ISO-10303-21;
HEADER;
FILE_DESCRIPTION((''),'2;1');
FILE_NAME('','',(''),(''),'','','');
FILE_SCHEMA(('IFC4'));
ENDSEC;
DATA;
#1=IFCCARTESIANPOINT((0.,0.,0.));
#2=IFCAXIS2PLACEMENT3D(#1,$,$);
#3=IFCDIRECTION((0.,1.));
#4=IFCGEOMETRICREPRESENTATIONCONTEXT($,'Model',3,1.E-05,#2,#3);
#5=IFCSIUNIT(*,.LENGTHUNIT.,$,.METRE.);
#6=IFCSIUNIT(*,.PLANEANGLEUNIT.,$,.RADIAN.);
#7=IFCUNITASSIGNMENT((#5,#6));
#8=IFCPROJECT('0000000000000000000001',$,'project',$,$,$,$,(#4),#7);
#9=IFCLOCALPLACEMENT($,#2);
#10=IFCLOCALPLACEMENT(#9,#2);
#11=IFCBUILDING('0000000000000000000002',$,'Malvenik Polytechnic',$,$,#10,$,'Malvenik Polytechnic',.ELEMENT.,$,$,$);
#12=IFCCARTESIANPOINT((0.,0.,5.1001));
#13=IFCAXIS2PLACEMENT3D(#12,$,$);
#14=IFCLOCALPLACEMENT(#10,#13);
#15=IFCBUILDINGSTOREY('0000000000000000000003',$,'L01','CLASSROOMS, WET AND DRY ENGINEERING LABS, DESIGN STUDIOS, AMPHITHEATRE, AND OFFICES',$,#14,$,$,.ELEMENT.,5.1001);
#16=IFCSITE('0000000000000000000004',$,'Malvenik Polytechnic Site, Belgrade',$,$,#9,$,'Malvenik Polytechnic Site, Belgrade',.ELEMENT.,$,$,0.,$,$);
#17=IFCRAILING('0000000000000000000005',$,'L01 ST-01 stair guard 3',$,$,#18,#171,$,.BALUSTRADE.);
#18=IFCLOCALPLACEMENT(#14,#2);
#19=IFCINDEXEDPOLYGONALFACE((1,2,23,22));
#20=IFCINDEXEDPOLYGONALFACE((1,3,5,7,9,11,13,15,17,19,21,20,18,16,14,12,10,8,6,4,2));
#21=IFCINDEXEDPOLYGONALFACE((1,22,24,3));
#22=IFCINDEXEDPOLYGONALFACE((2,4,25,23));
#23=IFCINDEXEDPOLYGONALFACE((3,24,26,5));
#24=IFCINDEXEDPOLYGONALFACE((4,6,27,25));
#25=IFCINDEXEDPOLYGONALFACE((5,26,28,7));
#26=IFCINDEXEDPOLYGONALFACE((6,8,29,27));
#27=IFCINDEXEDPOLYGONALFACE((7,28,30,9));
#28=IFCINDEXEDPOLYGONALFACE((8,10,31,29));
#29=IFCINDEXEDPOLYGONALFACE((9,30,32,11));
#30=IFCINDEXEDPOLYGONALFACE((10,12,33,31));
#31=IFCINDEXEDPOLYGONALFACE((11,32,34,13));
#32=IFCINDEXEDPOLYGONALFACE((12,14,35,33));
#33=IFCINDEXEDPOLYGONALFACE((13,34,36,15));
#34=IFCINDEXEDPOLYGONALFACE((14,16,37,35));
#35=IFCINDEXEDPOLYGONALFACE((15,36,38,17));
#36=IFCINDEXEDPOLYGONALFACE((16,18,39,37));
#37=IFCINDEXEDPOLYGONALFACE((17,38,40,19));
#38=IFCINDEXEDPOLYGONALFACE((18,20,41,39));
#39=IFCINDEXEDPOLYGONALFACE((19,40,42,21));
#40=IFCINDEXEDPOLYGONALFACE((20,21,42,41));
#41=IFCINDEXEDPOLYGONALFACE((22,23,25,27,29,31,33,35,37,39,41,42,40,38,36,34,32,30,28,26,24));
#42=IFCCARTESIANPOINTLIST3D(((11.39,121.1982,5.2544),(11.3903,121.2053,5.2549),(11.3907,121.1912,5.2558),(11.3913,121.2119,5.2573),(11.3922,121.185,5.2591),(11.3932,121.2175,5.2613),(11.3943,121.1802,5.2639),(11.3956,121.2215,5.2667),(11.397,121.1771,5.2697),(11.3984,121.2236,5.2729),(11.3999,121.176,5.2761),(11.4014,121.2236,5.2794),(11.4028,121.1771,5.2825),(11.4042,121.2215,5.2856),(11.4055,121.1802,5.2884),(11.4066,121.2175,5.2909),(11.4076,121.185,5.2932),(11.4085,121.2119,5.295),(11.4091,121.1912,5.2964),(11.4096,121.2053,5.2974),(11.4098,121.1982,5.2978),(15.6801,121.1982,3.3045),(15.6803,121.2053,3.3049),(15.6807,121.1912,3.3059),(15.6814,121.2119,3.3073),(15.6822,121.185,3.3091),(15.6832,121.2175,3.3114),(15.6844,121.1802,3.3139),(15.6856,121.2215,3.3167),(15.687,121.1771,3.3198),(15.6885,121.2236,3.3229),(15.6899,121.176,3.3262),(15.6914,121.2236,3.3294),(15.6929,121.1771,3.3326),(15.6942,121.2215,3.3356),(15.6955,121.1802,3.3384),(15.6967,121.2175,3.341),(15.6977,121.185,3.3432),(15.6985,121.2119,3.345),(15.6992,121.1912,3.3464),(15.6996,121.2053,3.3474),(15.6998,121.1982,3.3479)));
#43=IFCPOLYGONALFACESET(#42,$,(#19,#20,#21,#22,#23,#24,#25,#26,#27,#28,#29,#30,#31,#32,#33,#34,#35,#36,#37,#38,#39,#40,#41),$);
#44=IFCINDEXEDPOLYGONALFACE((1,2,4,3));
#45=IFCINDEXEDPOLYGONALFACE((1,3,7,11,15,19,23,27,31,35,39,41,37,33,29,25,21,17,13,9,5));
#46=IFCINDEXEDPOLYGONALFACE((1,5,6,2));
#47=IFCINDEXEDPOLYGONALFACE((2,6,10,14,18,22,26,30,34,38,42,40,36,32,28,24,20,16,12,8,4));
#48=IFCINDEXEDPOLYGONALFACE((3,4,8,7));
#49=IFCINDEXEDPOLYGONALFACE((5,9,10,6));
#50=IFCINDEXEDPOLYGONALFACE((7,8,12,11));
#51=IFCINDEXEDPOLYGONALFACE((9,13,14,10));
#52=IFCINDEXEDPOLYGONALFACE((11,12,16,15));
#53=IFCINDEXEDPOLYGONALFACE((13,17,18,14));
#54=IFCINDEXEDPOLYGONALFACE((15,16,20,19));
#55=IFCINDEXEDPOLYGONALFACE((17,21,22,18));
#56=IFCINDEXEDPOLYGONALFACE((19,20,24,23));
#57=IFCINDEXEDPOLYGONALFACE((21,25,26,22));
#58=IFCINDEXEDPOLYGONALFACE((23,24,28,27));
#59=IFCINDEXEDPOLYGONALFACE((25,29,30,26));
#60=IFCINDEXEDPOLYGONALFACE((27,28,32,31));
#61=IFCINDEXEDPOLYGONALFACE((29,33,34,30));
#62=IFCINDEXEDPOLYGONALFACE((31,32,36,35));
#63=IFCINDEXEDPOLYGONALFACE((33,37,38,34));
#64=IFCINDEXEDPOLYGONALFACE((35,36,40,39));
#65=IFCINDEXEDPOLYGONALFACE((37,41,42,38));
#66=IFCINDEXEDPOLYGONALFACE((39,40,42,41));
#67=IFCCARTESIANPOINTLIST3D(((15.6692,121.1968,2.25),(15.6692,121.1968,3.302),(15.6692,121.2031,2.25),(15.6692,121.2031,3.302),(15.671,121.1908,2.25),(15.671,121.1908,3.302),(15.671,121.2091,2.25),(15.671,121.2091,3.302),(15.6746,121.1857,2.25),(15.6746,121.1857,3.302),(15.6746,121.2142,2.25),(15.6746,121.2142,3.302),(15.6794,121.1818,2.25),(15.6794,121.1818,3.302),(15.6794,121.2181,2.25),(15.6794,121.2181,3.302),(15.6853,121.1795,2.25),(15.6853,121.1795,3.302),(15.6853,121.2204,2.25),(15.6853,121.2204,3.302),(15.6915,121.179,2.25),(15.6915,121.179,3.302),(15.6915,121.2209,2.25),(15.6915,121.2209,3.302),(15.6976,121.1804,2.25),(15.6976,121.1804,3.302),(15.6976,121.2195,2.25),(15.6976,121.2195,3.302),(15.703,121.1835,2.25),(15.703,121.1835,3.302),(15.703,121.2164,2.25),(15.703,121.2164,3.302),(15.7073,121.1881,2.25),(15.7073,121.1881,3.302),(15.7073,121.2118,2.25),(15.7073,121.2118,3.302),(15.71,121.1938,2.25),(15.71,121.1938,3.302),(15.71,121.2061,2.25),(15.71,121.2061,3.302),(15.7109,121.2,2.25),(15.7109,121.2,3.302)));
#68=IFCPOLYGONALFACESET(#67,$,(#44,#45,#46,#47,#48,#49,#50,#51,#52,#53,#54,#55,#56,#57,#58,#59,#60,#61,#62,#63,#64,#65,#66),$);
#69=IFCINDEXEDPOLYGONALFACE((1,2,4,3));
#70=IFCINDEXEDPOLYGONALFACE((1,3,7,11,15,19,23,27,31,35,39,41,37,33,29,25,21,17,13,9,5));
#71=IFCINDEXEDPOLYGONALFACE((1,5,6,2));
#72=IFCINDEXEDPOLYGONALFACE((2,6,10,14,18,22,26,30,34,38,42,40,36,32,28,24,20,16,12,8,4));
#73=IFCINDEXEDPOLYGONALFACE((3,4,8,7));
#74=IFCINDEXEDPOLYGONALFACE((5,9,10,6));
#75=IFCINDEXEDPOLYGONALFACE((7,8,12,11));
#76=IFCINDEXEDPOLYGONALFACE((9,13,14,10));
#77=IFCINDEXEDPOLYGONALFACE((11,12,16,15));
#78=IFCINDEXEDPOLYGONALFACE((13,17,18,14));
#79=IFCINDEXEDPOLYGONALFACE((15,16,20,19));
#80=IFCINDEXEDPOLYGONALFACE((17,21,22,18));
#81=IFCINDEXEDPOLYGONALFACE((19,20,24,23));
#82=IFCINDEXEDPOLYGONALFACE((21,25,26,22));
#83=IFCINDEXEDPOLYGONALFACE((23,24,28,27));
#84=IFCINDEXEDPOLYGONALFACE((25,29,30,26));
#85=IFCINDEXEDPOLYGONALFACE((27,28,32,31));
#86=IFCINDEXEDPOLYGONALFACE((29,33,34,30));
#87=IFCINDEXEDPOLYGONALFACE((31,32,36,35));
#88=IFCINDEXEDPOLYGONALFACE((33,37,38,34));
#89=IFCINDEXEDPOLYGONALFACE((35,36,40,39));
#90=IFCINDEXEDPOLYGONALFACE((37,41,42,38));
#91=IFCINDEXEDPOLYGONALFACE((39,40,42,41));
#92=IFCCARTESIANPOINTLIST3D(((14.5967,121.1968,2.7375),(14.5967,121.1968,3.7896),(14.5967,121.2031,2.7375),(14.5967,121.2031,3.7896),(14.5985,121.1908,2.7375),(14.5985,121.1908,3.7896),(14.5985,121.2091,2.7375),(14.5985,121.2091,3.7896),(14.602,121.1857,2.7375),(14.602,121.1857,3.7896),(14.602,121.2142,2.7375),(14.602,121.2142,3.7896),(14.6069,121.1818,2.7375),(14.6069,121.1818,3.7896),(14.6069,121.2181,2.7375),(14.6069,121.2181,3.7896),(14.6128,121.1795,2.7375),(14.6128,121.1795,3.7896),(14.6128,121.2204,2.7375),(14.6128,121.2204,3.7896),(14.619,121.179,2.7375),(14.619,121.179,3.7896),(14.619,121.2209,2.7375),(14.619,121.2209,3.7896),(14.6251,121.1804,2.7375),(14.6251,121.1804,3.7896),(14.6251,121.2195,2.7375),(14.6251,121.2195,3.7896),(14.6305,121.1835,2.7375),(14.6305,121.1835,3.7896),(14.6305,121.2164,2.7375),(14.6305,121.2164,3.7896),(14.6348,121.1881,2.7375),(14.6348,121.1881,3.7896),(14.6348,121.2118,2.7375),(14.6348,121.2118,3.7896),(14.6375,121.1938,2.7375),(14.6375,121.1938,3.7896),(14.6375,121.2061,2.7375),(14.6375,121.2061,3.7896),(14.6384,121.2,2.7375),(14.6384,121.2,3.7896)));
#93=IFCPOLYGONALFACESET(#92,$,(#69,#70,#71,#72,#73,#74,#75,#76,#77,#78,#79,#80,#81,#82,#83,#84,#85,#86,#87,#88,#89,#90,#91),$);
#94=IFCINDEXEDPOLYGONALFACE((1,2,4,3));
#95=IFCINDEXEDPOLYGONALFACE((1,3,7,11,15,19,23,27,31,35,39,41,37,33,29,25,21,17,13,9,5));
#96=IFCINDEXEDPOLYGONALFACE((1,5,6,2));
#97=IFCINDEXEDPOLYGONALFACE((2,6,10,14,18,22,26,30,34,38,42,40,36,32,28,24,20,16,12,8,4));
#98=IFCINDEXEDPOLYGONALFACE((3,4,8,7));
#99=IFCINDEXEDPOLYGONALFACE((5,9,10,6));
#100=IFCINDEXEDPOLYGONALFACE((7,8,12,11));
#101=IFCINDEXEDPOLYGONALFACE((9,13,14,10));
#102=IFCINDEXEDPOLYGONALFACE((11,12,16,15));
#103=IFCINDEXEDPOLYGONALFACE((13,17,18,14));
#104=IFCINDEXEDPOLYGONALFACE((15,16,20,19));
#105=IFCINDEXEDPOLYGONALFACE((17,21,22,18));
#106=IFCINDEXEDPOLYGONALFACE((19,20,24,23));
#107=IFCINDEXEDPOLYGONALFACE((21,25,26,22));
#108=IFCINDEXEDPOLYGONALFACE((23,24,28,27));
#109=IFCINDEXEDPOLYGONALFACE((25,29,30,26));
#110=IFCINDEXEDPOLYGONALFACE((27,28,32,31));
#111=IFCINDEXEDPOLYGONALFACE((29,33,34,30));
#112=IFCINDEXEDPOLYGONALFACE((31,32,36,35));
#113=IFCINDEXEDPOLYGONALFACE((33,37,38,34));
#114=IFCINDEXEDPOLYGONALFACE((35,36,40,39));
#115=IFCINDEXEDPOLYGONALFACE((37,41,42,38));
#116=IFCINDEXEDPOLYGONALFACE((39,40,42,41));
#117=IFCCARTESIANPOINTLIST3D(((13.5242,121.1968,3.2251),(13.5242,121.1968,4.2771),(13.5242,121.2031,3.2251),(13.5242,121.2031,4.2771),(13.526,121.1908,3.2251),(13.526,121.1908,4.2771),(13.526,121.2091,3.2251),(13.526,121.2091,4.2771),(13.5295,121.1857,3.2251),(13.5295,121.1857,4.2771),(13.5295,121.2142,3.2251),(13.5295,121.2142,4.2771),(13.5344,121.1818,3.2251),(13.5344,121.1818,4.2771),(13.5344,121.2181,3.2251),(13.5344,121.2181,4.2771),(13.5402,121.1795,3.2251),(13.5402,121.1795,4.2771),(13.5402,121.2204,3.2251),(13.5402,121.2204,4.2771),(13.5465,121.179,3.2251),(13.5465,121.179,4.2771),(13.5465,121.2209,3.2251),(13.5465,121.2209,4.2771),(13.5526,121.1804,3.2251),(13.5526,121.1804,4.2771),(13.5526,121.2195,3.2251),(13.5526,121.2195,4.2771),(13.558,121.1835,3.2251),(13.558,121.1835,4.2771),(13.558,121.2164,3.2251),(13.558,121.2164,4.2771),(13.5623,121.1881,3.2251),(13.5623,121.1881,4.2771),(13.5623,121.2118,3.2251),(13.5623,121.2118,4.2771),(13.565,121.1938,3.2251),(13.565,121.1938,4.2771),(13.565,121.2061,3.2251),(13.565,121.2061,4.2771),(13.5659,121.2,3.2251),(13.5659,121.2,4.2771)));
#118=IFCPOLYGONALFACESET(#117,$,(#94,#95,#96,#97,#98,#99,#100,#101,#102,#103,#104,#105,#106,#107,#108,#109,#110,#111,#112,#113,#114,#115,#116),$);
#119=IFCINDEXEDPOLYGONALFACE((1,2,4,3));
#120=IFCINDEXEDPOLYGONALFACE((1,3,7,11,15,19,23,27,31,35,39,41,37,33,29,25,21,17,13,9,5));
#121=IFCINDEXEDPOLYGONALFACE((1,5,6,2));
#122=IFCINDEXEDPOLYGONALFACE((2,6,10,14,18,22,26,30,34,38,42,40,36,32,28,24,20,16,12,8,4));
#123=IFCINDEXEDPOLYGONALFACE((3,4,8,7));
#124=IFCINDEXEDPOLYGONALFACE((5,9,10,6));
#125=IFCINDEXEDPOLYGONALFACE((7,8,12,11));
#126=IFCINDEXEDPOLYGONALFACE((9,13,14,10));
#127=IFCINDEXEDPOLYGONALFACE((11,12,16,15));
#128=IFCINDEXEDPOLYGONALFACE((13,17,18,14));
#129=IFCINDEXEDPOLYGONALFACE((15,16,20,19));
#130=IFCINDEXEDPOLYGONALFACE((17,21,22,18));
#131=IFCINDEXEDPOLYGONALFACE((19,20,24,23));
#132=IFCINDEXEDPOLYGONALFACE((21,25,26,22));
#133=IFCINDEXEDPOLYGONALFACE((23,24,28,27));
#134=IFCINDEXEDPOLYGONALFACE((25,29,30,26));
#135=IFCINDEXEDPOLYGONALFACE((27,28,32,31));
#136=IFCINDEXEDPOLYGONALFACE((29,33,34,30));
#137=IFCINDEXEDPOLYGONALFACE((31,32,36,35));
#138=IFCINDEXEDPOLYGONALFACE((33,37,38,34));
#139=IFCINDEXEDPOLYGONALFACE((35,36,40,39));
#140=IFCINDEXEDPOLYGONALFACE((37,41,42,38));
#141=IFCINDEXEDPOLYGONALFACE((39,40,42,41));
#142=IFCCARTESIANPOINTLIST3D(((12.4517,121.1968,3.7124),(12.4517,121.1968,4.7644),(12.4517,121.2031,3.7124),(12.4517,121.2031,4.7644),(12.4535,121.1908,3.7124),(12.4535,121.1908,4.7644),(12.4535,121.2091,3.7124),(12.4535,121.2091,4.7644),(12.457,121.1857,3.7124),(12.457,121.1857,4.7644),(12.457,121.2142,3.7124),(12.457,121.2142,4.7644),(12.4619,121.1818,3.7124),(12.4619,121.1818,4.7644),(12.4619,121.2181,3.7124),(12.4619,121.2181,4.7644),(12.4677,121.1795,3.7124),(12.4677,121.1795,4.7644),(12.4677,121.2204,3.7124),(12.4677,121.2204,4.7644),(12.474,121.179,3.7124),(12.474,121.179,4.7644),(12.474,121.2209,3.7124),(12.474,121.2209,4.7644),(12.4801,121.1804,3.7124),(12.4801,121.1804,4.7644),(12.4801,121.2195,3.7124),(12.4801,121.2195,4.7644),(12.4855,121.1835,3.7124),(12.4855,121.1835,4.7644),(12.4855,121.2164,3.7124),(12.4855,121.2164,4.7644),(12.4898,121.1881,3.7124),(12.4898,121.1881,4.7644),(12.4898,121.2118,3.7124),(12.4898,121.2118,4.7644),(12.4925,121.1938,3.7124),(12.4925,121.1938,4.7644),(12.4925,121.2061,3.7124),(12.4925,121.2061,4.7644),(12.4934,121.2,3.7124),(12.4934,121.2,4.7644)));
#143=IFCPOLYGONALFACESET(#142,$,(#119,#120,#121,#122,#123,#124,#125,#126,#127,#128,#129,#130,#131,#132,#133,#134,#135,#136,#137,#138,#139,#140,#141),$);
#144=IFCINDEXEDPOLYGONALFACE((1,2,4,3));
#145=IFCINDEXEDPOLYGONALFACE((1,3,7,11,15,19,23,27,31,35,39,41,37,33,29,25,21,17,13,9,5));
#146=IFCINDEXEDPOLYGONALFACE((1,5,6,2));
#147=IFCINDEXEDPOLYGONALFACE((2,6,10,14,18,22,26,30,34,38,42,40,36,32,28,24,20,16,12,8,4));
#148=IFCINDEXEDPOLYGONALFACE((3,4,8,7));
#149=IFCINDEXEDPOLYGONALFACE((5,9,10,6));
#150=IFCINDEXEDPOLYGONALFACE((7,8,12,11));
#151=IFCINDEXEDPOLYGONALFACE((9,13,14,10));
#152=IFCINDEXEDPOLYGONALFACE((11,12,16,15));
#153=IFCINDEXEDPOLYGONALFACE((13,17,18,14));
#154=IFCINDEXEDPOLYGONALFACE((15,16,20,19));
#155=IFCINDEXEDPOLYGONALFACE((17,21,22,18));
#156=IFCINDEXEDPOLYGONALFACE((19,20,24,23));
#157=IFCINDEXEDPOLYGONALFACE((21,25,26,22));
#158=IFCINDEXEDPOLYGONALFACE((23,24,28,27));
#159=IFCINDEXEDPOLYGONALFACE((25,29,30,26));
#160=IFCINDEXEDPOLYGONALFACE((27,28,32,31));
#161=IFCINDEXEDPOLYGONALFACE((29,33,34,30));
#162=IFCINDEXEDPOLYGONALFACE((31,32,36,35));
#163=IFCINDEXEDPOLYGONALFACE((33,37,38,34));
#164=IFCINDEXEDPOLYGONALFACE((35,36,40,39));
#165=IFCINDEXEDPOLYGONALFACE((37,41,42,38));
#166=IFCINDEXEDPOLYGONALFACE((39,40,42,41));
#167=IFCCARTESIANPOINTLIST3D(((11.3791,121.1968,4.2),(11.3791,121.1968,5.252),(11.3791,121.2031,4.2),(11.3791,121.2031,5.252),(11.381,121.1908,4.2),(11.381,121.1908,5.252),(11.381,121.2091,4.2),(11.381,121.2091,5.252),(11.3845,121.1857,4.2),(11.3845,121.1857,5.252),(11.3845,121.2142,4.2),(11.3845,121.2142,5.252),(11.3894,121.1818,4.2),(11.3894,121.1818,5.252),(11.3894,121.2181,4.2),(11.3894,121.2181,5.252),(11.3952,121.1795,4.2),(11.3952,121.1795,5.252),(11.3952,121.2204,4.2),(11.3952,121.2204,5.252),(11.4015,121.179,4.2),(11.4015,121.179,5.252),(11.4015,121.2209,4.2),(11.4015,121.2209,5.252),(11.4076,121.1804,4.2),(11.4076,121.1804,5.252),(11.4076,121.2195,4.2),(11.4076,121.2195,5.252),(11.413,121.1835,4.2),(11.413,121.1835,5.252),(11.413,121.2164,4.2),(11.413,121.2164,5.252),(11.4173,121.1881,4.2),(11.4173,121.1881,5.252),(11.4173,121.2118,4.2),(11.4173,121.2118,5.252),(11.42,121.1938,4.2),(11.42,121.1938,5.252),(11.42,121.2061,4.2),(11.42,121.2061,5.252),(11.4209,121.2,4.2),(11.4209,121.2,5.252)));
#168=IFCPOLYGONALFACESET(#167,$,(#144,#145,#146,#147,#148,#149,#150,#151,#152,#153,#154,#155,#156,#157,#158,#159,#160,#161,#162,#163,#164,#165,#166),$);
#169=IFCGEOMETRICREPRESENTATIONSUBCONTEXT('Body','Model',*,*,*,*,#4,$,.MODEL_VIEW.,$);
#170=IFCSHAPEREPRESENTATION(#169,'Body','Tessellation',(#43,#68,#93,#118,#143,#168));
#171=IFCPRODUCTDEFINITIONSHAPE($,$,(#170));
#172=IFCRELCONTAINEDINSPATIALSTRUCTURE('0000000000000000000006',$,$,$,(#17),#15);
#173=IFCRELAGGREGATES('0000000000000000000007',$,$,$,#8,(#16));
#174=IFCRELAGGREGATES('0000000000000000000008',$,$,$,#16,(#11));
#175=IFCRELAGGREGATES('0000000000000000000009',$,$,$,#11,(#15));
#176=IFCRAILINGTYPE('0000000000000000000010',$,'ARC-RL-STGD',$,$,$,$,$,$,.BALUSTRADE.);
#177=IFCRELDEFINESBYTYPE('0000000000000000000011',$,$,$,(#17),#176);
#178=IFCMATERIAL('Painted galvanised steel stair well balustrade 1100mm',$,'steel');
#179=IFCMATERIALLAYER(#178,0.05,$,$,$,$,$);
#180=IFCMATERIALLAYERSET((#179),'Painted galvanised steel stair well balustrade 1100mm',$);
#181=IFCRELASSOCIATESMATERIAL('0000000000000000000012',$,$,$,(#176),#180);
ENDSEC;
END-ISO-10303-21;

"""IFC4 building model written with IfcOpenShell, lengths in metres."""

from ifc_helpers import new_model, si_unit, direction, frame, origin, origin_2d, place, context, subcontext, project, spatial, circle, extrude, material, layer, layer_set, type_object, element, save


model = new_model("IFC4")

# Units and contexts
model_context = context("Model", 3, precision=1e-05, world=origin(), true_north=direction((0.0, 1.0)))
body_context = subcontext(model_context, "Body", "Model", "MODEL_VIEW")
ifc_project = project(units=[si_unit("LENGTHUNIT", "METRE"), si_unit("PLANEANGLEUNIT", "RADIAN")], contexts=[model_context])

# Site, building, storey
site_placement = place(None, origin())
site = spatial("IfcSite", under=ifc_project, at=site_placement, Name="Malvenik Polytechnic Site, Belgrade", LongName="Malvenik Polytechnic Site, Belgrade", CompositionType="ELEMENT", RefElevation=0.0)
building_placement = place(site_placement, origin())
building = spatial("IfcBuilding", under=site, at=building_placement, Name="Malvenik Polytechnic", LongName="Malvenik Polytechnic", CompositionType="ELEMENT")
storey_placement = place(building_placement, frame((0.0, 0.0, 5.1001)))
storey = spatial("IfcBuildingStorey", under=building, at=storey_placement, Name="L01", Description="CLASSROOMS, WET AND DRY ENGINEERING LABS, DESIGN STUDIOS, AMPHITHEATRE, AND OFFICES", CompositionType="ELEMENT", Elevation=5.1001)

# Railing
ifc_material_1 = material(Name="Painted galvanised steel stair well balustrade 1100mm", Category="steel")
ifc_layer_1 = layer(ifc_material_1, 0.05)
ifc_layer_set_1 = layer_set([ifc_layer_1], Name="Painted galvanised steel stair well balustrade 1100mm")
railing_type_1 = type_object("IfcRailingType", Name="ARC-RL-STGD", PredefinedType="BALUSTRADE", material=ifc_layer_set_1)
railing_1_placement = place(storey_placement, frame((15.6899, 121.2, 2.25)))
element("IfcRailing", 1, at=railing_1_placement, inside=storey, type_object=railing_type_1, Name="L01 ST-01 stair guard 3", PredefinedType="BALUSTRADE", context=body_context, shape_type="SweptSolid", body=[
    extrude(circle(Radius=0.0239, at=origin_2d()), frame((0.0, 0.0, 1.0762), z_axis=(-0.910372, 0.0, 0.413791), x_axis=(0.0, -1.0, 0.0)), (0.0, 0.0, 1.0), 4.7124),
    extrude(circle(Radius=0.021, at=origin_2d()), origin(), (0.0, 0.0, 1.0), 1.052),
    extrude(circle(Radius=0.021, at=origin_2d()), frame((-1.0725, 0.0, 0.4875)), (0.0, 0.0, 1.0), 1.052),
    extrude(circle(Radius=0.021, at=origin_2d()), frame((-2.145, 0.0, 0.9751)), (0.0, 0.0, 1.0), 1.052),
    extrude(circle(Radius=0.021, at=origin_2d()), frame((-3.2175, 0.0, 1.4624)), (0.0, 0.0, 1.0), 1.052),
    extrude(circle(Radius=0.021, at=origin_2d()), frame((-4.29, 0.0, 1.95)), (0.0, 0.0, 1.0), 1.052),
])

save(model, "model.ifc")
